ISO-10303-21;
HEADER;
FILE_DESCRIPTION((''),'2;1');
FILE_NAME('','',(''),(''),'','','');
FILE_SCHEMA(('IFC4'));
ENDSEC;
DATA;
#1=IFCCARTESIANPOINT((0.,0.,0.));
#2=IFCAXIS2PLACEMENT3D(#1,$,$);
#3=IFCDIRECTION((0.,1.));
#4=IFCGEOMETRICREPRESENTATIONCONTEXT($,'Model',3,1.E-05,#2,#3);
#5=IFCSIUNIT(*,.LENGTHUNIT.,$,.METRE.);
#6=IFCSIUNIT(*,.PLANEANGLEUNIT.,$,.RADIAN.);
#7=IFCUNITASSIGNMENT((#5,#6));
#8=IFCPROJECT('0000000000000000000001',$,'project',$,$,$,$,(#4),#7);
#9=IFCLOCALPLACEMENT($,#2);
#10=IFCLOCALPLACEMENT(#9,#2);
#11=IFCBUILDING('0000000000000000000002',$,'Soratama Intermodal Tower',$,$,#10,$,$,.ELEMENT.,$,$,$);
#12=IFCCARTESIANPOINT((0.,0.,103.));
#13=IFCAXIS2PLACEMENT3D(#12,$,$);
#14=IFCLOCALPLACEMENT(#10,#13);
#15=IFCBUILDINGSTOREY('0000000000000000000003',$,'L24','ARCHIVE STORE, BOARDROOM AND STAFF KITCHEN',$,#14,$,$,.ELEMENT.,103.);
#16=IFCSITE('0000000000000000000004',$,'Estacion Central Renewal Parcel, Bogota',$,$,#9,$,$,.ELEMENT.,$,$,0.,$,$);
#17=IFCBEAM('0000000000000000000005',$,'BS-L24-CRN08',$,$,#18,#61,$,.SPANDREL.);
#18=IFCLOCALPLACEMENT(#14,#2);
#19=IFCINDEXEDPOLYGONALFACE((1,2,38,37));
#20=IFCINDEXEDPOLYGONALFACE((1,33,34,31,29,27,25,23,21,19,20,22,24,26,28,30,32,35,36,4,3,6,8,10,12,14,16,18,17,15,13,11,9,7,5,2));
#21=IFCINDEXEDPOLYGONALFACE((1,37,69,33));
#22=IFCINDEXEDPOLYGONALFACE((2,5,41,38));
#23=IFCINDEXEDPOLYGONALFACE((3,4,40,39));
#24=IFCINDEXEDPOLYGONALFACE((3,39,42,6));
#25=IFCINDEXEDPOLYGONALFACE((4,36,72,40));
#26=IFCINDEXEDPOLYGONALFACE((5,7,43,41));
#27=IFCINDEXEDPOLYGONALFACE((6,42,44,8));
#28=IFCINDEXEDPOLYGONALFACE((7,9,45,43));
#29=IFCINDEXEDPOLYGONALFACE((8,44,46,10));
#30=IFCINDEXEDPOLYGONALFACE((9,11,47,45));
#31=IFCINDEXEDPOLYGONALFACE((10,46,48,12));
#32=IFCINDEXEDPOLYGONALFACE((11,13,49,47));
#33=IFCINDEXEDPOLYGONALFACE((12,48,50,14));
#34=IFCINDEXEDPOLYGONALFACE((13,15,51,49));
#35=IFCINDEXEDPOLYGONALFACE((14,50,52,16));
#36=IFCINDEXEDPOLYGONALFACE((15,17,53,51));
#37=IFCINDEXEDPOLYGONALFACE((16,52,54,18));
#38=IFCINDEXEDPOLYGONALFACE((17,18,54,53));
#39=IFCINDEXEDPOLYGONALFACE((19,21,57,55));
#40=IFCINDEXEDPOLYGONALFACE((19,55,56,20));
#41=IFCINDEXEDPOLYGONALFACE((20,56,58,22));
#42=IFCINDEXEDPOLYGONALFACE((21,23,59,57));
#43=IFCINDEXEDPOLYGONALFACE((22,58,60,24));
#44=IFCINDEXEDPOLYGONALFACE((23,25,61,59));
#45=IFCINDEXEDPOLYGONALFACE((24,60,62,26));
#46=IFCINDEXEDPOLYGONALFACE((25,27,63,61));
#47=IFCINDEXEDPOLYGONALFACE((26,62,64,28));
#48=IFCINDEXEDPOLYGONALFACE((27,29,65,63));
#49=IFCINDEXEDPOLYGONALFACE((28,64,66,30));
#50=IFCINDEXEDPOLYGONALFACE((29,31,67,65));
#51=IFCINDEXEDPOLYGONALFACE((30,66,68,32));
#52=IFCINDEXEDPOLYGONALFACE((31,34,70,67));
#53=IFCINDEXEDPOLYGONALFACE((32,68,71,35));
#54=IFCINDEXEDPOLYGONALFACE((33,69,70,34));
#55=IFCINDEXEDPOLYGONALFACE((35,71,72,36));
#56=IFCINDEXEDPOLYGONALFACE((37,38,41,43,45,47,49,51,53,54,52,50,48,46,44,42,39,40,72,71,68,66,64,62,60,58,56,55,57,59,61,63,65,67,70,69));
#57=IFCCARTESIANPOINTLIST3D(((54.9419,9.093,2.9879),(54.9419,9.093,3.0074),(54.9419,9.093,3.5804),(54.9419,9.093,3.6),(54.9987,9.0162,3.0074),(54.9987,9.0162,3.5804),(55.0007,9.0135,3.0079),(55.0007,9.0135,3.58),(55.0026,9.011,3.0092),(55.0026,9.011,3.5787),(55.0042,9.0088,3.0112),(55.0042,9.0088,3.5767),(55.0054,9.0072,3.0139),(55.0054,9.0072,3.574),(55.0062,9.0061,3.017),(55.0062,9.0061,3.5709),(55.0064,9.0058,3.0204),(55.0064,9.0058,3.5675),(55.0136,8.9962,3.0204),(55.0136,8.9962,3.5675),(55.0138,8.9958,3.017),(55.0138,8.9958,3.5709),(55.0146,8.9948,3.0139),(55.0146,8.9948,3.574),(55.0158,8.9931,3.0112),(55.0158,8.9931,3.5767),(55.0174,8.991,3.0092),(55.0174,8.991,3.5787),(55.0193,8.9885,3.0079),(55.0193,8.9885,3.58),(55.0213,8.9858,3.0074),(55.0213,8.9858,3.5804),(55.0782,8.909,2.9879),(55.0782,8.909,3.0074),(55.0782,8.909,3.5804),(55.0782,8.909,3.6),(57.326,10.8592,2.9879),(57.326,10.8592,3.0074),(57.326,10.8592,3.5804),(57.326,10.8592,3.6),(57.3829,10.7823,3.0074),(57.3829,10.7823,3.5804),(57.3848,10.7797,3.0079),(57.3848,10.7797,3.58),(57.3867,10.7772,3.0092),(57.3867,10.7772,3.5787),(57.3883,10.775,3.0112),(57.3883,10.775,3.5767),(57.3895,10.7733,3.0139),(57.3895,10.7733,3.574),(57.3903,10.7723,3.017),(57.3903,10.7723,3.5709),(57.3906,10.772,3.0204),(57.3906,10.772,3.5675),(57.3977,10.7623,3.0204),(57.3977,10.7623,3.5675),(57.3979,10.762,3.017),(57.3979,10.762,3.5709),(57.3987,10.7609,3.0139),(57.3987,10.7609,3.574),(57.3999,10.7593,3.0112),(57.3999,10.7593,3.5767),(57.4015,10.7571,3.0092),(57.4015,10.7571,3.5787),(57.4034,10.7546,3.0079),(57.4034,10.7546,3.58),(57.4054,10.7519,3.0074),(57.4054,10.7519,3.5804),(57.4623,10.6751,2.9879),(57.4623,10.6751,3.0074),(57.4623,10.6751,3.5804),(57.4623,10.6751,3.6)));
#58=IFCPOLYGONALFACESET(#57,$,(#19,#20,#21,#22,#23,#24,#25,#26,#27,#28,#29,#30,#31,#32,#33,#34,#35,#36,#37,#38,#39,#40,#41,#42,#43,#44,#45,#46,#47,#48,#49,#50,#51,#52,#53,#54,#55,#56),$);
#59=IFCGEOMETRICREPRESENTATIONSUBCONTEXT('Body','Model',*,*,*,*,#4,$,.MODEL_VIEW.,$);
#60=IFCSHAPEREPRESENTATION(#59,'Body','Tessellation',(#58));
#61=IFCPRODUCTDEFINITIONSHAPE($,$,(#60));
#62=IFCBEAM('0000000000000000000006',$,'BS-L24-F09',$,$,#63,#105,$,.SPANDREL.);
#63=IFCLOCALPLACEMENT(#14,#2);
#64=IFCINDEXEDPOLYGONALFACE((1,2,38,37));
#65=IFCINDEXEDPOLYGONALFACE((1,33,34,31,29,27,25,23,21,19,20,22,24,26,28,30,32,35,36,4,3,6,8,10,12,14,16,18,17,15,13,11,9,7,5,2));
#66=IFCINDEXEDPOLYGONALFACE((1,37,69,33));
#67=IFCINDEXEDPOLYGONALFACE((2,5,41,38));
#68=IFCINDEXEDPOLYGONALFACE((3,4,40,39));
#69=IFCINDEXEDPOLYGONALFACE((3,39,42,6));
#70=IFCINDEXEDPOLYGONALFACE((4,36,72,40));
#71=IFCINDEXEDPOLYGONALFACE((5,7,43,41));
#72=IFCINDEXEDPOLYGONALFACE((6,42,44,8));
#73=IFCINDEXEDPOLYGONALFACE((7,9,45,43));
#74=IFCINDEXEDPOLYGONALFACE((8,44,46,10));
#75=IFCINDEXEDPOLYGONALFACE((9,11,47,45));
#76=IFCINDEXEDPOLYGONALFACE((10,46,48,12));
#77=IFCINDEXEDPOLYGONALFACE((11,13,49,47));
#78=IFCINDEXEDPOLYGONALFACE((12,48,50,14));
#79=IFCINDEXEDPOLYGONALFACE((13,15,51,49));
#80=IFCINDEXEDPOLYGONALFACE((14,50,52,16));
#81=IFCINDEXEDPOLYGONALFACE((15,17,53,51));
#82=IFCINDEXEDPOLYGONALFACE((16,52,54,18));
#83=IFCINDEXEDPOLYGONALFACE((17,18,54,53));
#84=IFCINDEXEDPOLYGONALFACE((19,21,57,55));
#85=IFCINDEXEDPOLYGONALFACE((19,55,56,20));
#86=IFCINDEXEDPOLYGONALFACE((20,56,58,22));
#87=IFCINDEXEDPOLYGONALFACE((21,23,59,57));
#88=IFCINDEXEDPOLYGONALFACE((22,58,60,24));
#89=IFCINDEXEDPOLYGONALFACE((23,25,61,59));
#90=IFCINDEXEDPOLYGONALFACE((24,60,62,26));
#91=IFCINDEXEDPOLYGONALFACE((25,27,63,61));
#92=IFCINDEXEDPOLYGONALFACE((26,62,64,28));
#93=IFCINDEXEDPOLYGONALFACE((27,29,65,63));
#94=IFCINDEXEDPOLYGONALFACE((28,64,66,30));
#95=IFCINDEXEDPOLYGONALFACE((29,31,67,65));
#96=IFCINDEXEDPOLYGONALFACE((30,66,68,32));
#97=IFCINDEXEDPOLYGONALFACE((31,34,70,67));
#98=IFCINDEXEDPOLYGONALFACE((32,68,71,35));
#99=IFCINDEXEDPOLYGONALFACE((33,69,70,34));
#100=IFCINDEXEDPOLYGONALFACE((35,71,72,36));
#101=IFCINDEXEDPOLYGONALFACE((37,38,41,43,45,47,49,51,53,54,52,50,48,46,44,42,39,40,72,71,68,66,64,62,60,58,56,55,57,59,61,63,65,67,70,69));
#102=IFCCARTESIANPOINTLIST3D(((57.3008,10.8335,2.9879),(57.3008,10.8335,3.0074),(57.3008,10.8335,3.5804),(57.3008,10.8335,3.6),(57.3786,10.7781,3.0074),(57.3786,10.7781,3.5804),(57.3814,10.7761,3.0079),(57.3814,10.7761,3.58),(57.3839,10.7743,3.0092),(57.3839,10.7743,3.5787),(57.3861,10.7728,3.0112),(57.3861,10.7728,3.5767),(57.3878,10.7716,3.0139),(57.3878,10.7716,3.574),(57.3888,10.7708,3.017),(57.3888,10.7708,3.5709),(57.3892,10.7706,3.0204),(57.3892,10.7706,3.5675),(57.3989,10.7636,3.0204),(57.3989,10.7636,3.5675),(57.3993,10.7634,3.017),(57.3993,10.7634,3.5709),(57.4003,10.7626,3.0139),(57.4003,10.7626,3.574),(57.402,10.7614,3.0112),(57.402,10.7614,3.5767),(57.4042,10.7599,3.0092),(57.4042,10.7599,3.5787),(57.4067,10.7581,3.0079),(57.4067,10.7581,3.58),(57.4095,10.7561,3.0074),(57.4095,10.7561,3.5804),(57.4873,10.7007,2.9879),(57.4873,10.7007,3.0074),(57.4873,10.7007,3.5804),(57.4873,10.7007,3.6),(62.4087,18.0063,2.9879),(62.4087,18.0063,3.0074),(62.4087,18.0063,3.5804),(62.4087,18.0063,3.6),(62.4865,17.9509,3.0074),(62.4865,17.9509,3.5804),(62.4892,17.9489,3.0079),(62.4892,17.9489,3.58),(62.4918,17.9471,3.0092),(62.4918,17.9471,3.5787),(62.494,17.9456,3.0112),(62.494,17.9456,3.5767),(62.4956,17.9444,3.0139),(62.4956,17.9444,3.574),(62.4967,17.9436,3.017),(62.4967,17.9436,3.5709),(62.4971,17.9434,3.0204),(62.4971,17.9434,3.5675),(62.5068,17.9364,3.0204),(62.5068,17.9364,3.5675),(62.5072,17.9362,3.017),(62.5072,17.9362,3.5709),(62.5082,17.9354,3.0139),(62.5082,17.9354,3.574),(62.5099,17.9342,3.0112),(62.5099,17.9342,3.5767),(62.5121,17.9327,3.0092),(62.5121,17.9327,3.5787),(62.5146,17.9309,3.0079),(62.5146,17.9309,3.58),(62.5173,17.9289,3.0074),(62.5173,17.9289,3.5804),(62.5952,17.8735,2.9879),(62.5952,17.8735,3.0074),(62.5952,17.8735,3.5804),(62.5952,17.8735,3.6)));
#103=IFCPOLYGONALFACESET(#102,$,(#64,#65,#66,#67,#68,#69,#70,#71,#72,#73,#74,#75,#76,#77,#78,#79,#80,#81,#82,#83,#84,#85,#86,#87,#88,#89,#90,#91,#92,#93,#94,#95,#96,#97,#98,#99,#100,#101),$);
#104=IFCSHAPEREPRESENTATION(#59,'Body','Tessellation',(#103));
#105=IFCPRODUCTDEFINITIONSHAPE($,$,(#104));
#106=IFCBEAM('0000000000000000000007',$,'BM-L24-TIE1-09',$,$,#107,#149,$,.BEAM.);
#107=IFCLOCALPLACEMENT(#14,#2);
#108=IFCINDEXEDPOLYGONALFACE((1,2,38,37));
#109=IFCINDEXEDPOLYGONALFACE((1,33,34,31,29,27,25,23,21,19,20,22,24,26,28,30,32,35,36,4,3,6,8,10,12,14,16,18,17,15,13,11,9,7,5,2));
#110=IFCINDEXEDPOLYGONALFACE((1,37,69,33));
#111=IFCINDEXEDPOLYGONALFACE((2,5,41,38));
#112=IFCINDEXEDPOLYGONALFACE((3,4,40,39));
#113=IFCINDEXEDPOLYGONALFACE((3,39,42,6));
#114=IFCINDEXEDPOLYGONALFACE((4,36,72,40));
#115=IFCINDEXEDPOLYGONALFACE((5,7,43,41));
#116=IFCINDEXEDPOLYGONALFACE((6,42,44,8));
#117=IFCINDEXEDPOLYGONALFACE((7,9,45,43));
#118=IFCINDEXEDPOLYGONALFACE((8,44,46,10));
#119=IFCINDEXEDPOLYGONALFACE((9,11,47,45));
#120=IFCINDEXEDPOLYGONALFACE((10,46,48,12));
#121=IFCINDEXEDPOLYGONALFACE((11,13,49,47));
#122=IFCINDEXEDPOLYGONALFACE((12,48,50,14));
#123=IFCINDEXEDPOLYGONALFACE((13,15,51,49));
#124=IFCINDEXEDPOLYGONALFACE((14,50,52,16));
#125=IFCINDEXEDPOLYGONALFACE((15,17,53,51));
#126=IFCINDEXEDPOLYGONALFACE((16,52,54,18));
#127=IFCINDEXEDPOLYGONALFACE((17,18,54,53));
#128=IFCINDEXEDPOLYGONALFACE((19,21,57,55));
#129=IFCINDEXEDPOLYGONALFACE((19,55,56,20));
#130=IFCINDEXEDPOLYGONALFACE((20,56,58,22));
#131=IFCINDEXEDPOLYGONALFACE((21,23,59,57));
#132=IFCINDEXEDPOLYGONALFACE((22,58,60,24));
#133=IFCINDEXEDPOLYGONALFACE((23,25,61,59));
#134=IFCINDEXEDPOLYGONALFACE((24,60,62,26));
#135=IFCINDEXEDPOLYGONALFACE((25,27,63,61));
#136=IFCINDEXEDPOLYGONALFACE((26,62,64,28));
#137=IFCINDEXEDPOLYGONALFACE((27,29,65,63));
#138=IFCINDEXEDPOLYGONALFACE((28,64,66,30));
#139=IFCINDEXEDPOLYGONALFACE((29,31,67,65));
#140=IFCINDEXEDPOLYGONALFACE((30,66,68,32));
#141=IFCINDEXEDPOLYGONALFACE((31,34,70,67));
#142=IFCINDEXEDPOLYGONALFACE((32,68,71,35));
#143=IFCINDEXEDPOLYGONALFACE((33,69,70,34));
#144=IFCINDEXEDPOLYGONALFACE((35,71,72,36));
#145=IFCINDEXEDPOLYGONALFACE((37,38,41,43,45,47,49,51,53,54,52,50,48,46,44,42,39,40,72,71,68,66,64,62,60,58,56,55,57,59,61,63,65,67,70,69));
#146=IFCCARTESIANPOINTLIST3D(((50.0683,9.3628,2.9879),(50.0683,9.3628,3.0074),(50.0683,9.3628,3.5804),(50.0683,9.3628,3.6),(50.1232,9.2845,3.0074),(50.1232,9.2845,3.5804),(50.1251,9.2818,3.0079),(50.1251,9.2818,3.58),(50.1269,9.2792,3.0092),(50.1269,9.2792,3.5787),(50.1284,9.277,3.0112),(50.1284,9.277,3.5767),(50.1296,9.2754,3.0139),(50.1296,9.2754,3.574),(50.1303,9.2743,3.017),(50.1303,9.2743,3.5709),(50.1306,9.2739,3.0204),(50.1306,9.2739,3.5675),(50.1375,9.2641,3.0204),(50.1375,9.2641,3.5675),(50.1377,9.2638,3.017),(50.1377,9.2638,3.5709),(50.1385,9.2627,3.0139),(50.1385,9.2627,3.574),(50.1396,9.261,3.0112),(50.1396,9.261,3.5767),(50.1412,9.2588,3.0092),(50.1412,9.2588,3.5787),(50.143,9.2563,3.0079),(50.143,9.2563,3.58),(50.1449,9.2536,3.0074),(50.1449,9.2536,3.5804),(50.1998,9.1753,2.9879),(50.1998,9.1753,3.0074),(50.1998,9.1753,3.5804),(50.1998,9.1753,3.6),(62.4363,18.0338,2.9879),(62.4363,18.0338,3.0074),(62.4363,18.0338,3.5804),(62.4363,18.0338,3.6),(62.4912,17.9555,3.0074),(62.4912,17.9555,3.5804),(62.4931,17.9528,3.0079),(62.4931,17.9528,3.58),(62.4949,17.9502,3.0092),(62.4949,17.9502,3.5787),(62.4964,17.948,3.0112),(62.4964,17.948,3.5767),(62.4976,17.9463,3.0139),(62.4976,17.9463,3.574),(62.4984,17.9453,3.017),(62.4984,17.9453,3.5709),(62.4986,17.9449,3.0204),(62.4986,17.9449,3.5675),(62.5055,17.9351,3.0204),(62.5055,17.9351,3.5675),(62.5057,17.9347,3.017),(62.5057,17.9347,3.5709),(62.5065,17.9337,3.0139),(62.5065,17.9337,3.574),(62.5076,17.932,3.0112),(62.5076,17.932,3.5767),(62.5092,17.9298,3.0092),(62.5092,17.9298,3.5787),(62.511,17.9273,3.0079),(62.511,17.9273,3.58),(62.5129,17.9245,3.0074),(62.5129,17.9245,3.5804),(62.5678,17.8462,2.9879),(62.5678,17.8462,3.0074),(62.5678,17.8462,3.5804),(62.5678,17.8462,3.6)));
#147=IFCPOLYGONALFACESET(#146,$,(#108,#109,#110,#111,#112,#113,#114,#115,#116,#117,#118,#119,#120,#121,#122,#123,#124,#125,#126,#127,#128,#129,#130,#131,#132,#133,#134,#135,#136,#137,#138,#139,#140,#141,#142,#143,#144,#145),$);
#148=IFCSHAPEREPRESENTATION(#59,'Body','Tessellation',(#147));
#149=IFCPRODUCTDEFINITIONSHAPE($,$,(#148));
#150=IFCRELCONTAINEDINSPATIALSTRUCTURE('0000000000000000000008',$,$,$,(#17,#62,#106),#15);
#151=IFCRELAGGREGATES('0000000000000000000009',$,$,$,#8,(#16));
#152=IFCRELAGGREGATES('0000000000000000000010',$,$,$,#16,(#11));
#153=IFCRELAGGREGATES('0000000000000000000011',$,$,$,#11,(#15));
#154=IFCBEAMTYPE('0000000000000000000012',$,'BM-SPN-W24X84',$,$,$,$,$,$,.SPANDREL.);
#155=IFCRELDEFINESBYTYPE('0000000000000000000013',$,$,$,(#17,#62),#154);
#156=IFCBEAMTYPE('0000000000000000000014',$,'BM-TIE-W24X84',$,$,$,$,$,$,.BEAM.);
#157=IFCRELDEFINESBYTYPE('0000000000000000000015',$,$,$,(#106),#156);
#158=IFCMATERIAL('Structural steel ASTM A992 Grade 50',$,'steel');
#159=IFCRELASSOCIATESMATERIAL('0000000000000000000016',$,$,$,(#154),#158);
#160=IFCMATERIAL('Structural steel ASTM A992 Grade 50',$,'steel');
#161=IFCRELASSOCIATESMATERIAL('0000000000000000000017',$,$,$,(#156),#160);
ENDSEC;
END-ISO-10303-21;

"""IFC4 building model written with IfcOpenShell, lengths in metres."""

from ifc_helpers import new_model, si_unit, direction, frame, origin, origin_2d, place, context, subcontext, project, spatial, i_section, extrude, material, material_profile, profile_set, type_object, element, save


model = new_model("IFC4")

# Units and contexts
model_context = context("Model", 3, precision=1e-05, world=origin(), true_north=direction((0.0, 1.0)))
body_context = subcontext(model_context, "Body", "Model", "MODEL_VIEW")
ifc_project = project(units=[si_unit("LENGTHUNIT", "METRE"), si_unit("PLANEANGLEUNIT", "RADIAN")], contexts=[model_context])

# Site, building, storey
site_placement = place(None, origin())
site = spatial("IfcSite", under=ifc_project, at=site_placement, Name="Estacion Central Renewal Parcel, Bogota", CompositionType="ELEMENT", RefElevation=0.0)
building_placement = place(site_placement, origin())
building = spatial("IfcBuilding", under=site, at=building_placement, Name="Soratama Intermodal Tower", CompositionType="ELEMENT")
storey_placement = place(building_placement, frame((0.0, 0.0, 103.0)))
storey = spatial("IfcBuildingStorey", under=building, at=storey_placement, Name="L24", Description="ARCHIVE STORE, BOARDROOM AND STAFF KITCHEN", CompositionType="ELEMENT", Elevation=103.0)

# Beams
ifc_material_1 = material(Name="Structural steel ASTM A992 Grade 50", Category="steel")
ifc_material_profile_1 = material_profile(ifc_material_1, i_section(OverallWidth=0.229, OverallDepth=0.6121, WebThickness=0.012, FlangeThickness=0.0195, FilletRadius=0.0129, at=origin_2d()), Name="W24X84")
ifc_profile_set_1 = profile_set([ifc_material_profile_1], Name="Structural steel ASTM A992 Grade 50")
beam_type_1 = type_object("IfcBeamType", Name="BM-SPN-W24X84", PredefinedType="SPANDREL", material=ifc_profile_set_1)
beam_1_placement = place(storey_placement, frame((55.01, 9.001, 3.2939), z_axis=(0.803531, 0.595263, 0.0), x_axis=(-0.595263, 0.803531, 0.0)))
element("IfcBeam", 1, at=beam_1_placement, inside=storey, type_object=beam_type_1, Name="BS-L24-CRN08", PredefinedType="SPANDREL", context=body_context, shape_type="SweptSolid", body=[
    extrude(i_section(OverallWidth=0.229, OverallDepth=0.6121, WebThickness=0.012, FlangeThickness=0.0195, FilletRadius=0.0129, at=origin_2d()), origin(), (0.0, 0.0, 1.0), 2.967),
])
beam_2_placement = place(storey_placement, frame((57.394, 10.7671, 3.2939), z_axis=(0.580068, 0.814568, 0.0), x_axis=(-0.814568, 0.580068, 0.0)))
element("IfcBeam", 2, at=beam_2_placement, inside=storey, type_object=beam_type_1, Name="BS-L24-F09", PredefinedType="SPANDREL", context=body_context, shape_type="SweptSolid", body=[
    extrude(i_section(OverallWidth=0.229, OverallDepth=0.6121, WebThickness=0.012, FlangeThickness=0.0195, FilletRadius=0.0129, at=origin_2d()), origin(), (0.0, 0.0, 1.0), 8.8057),
])
ifc_material_2 = material(Name="Structural steel ASTM A992 Grade 50", Category="steel")
ifc_material_profile_2 = material_profile(ifc_material_2, i_section(OverallWidth=0.229, OverallDepth=0.6121, WebThickness=0.012, FlangeThickness=0.0195, FilletRadius=0.0129, at=origin_2d()), Name="W24X84")
ifc_profile_set_2 = profile_set([ifc_material_profile_2], Name="Structural steel ASTM A992 Grade 50")
beam_type_2 = type_object("IfcBeamType", Name="BM-TIE-W24X84", PredefinedType="BEAM", material=ifc_profile_set_2)
beam_3_placement = place(storey_placement, frame((50.134, 9.269, 3.2939), z_axis=(0.818816, 0.574056, 0.0), x_axis=(-0.574056, 0.818816, 0.0)))
element("IfcBeam", 3, at=beam_3_placement, inside=storey, type_object=beam_type_2, Name="BM-L24-TIE1-09", PredefinedType="BEAM", context=body_context, shape_type="SweptSolid", body=[
    extrude(i_section(OverallWidth=0.229, OverallDepth=0.6121, WebThickness=0.012, FlangeThickness=0.0195, FilletRadius=0.0129, at=origin_2d()), origin(), (0.0, 0.0, 1.0), 15.1047),
])

save(model, "model.ifc")
